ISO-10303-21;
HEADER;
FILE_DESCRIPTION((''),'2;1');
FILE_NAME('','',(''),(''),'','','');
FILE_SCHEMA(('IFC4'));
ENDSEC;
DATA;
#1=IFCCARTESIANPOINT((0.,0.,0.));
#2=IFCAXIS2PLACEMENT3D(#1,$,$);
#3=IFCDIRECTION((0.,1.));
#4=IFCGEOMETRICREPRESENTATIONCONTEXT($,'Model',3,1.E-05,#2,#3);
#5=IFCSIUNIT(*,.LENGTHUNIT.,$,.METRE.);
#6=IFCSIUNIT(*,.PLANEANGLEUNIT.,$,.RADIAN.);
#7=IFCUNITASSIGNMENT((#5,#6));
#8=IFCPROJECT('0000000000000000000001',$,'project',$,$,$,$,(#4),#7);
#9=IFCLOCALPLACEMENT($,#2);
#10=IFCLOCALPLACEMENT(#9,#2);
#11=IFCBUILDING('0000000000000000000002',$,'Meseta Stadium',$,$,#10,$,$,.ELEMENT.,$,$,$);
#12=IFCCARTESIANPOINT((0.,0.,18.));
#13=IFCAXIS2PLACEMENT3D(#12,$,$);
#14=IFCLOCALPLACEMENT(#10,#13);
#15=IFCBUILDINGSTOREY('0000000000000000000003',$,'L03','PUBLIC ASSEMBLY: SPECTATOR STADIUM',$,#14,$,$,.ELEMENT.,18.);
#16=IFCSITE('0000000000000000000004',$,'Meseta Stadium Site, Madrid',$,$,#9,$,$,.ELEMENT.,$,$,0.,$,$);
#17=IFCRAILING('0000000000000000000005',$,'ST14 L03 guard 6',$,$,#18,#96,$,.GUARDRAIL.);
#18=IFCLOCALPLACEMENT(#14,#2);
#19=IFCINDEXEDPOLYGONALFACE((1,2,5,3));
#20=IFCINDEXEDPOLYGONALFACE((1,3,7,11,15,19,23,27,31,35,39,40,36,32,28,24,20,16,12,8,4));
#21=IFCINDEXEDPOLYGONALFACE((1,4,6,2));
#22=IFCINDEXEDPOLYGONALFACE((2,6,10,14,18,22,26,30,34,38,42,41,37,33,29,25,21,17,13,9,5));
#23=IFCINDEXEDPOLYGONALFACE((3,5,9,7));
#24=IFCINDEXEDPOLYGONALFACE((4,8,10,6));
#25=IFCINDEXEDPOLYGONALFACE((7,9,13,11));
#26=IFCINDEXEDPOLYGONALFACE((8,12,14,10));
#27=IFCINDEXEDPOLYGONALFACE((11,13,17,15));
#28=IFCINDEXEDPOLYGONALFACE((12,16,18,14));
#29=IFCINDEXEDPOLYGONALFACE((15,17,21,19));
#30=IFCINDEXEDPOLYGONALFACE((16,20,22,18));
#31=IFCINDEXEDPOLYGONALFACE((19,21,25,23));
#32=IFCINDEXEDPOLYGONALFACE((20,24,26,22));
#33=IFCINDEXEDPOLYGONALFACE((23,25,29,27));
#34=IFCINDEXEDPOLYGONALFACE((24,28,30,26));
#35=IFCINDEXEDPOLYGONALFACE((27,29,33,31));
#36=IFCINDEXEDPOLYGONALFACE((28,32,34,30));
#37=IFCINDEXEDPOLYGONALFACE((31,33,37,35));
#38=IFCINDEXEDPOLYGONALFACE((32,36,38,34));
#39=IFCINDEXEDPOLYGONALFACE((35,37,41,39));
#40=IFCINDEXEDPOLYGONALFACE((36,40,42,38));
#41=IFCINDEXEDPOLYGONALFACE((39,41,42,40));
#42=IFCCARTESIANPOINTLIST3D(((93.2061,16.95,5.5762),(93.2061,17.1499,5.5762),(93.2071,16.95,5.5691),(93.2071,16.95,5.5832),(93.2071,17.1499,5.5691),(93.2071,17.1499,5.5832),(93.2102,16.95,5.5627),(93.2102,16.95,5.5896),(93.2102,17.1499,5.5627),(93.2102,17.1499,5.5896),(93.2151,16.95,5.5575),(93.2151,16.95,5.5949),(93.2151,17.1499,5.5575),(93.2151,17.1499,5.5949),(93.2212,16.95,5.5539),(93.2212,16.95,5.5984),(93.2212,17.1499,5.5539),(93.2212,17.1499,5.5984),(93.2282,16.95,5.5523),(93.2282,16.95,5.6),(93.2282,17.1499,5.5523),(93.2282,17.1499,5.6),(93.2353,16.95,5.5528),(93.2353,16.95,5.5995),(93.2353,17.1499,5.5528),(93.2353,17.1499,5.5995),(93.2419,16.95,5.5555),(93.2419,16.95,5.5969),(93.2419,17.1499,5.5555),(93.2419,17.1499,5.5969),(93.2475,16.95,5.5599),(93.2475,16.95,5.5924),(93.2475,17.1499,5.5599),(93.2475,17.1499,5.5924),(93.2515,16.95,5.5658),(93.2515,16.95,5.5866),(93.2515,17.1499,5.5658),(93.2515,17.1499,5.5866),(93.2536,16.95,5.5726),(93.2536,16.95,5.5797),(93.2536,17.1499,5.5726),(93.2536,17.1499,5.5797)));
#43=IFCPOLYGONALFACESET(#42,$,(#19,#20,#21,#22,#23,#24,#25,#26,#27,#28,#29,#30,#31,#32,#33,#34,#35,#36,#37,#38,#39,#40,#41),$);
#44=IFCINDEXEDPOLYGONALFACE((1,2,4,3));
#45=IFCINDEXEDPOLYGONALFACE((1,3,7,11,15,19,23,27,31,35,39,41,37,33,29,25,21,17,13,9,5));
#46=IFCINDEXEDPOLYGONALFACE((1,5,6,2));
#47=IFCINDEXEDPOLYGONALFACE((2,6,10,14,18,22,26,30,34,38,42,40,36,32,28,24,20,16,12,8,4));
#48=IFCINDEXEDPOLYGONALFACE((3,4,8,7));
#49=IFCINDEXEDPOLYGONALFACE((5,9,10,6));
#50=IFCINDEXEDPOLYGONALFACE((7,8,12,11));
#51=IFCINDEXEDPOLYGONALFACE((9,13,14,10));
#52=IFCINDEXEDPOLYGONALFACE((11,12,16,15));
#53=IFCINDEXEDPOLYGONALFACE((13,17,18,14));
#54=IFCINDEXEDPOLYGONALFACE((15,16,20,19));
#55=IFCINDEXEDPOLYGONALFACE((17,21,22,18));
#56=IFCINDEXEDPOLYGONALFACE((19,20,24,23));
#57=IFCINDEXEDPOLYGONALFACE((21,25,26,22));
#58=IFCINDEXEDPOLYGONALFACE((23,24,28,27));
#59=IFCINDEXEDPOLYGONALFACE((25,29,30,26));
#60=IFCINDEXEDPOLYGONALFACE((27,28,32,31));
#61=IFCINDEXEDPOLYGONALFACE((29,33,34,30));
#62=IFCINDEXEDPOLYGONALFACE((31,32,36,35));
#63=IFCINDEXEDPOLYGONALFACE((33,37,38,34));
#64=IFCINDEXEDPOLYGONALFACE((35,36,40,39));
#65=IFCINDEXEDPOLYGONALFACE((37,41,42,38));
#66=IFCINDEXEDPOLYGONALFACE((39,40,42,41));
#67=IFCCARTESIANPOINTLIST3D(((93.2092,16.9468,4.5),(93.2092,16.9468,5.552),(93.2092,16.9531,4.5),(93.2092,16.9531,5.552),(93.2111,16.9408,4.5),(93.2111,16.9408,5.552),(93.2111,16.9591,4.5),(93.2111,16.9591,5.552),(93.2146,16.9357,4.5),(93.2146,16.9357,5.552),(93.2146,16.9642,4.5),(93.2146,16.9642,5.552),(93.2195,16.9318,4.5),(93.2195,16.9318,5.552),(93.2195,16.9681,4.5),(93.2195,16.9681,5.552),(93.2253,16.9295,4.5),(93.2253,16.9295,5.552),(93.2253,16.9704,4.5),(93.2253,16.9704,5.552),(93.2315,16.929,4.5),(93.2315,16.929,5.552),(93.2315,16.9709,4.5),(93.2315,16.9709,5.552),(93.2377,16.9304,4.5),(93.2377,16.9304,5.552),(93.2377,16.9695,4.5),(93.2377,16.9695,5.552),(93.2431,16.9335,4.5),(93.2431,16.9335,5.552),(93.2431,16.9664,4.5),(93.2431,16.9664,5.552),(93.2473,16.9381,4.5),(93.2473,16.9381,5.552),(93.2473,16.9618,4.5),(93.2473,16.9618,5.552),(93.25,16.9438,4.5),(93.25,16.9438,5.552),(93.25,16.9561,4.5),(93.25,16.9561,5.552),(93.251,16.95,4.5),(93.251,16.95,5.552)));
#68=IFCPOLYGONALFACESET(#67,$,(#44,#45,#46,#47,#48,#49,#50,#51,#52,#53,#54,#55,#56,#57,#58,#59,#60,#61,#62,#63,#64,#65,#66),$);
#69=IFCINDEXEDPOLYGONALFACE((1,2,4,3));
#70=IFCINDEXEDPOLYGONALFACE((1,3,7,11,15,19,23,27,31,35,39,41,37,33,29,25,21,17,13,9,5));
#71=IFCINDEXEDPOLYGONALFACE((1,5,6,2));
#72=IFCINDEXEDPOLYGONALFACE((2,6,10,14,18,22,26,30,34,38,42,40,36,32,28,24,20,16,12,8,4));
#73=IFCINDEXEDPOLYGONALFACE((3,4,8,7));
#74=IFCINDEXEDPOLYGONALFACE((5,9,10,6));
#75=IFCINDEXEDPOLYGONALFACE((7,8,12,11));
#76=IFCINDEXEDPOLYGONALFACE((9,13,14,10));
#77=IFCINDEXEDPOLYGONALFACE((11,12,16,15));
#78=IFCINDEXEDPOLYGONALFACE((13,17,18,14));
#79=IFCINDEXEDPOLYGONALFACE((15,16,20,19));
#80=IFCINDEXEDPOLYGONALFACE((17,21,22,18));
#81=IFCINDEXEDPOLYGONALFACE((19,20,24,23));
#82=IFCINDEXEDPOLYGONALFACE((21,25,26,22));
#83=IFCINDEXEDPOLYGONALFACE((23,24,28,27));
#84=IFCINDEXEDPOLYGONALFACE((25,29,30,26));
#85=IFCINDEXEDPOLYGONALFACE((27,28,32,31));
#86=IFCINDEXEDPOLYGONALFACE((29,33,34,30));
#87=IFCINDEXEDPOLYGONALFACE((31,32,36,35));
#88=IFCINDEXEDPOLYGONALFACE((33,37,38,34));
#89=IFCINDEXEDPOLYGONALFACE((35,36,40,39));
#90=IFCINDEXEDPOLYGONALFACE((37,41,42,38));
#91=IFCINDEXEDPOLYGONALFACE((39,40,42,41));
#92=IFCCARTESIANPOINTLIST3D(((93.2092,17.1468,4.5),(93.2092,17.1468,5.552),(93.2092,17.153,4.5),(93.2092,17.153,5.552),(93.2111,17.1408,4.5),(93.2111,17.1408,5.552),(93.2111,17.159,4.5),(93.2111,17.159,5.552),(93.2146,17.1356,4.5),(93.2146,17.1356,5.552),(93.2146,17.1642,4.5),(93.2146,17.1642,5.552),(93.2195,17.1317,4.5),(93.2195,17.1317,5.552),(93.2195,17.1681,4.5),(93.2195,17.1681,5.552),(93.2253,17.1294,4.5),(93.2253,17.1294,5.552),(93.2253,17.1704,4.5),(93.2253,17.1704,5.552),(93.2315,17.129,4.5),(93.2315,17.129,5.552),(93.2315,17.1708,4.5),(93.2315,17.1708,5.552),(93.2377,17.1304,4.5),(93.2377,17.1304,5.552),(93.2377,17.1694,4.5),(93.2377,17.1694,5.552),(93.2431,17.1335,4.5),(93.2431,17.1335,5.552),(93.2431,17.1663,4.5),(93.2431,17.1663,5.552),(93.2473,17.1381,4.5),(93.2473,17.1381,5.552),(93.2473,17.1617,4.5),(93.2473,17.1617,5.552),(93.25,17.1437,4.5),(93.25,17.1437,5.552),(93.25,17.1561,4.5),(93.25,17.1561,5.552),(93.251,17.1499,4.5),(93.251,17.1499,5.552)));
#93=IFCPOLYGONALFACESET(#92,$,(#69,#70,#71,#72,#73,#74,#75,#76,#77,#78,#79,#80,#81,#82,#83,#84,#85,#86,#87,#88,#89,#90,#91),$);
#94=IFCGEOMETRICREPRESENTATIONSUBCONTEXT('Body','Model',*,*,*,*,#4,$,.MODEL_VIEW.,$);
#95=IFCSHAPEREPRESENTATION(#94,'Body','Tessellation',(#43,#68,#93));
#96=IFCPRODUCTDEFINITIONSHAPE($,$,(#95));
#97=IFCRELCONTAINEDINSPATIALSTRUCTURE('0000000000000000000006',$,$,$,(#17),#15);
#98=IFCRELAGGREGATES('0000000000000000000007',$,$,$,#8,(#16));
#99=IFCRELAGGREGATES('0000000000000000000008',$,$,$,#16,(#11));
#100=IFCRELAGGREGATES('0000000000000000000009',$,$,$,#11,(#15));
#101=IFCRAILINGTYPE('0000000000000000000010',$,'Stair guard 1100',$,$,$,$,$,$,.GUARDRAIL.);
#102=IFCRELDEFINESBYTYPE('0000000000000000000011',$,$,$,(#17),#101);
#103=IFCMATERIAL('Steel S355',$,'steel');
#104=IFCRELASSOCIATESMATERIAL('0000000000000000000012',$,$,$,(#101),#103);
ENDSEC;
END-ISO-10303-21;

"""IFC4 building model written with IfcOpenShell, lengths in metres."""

from ifc_helpers import new_model, si_unit, direction, frame, origin, origin_2d, place, context, subcontext, project, spatial, circle, extrude, material, type_object, element, save


model = new_model("IFC4")

# Units and contexts
model_context = context("Model", 3, precision=1e-05, world=origin(), true_north=direction((0.0, 1.0)))
body_context = subcontext(model_context, "Body", "Model", "MODEL_VIEW")
ifc_project = project(units=[si_unit("LENGTHUNIT", "METRE"), si_unit("PLANEANGLEUNIT", "RADIAN")], contexts=[model_context])

# Site, building, storey
site_placement = place(None, origin())
site = spatial("IfcSite", under=ifc_project, at=site_placement, Name="Meseta Stadium Site, Madrid", CompositionType="ELEMENT", RefElevation=0.0)
building_placement = place(site_placement, origin())
building = spatial("IfcBuilding", under=site, at=building_placement, Name="Meseta Stadium", CompositionType="ELEMENT")
storey_placement = place(building_placement, frame((0.0, 0.0, 18.0)))
storey = spatial("IfcBuildingStorey", under=building, at=storey_placement, Name="L03", Description="PUBLIC ASSEMBLY: SPECTATOR STADIUM", CompositionType="ELEMENT", Elevation=18.0)

# Railing
ifc_material_1 = material(Name="Steel S355", Category="steel")
railing_type_1 = type_object("IfcRailingType", Name="Stair guard 1100", PredefinedType="GUARDRAIL", material=ifc_material_1)
railing_1_placement = place(storey_placement, frame((93.23, 16.95, 4.5)))
element("IfcRailing", 1, at=railing_1_placement, inside=storey, type_object=railing_type_1, Name="ST14 L03 guard 6", PredefinedType="GUARDRAIL", context=body_context, shape_type="SweptSolid", body=[
    extrude(circle(Radius=0.0239, at=origin_2d()), frame((0.0, 0.0, 1.0762), z_axis=(0.0, 1.0, 0.0), x_axis=(-1.0, 0.0, 0.0)), (0.0, 0.0, 1.0), 0.2),
    extrude(circle(Radius=0.021, at=origin_2d()), origin(), (0.0, 0.0, 1.0), 1.052),
    extrude(circle(Radius=0.021, at=origin_2d()), frame((0.0, 0.2, 0.0)), (0.0, 0.0, 1.0), 1.052),
])

save(model, "model.ifc")
